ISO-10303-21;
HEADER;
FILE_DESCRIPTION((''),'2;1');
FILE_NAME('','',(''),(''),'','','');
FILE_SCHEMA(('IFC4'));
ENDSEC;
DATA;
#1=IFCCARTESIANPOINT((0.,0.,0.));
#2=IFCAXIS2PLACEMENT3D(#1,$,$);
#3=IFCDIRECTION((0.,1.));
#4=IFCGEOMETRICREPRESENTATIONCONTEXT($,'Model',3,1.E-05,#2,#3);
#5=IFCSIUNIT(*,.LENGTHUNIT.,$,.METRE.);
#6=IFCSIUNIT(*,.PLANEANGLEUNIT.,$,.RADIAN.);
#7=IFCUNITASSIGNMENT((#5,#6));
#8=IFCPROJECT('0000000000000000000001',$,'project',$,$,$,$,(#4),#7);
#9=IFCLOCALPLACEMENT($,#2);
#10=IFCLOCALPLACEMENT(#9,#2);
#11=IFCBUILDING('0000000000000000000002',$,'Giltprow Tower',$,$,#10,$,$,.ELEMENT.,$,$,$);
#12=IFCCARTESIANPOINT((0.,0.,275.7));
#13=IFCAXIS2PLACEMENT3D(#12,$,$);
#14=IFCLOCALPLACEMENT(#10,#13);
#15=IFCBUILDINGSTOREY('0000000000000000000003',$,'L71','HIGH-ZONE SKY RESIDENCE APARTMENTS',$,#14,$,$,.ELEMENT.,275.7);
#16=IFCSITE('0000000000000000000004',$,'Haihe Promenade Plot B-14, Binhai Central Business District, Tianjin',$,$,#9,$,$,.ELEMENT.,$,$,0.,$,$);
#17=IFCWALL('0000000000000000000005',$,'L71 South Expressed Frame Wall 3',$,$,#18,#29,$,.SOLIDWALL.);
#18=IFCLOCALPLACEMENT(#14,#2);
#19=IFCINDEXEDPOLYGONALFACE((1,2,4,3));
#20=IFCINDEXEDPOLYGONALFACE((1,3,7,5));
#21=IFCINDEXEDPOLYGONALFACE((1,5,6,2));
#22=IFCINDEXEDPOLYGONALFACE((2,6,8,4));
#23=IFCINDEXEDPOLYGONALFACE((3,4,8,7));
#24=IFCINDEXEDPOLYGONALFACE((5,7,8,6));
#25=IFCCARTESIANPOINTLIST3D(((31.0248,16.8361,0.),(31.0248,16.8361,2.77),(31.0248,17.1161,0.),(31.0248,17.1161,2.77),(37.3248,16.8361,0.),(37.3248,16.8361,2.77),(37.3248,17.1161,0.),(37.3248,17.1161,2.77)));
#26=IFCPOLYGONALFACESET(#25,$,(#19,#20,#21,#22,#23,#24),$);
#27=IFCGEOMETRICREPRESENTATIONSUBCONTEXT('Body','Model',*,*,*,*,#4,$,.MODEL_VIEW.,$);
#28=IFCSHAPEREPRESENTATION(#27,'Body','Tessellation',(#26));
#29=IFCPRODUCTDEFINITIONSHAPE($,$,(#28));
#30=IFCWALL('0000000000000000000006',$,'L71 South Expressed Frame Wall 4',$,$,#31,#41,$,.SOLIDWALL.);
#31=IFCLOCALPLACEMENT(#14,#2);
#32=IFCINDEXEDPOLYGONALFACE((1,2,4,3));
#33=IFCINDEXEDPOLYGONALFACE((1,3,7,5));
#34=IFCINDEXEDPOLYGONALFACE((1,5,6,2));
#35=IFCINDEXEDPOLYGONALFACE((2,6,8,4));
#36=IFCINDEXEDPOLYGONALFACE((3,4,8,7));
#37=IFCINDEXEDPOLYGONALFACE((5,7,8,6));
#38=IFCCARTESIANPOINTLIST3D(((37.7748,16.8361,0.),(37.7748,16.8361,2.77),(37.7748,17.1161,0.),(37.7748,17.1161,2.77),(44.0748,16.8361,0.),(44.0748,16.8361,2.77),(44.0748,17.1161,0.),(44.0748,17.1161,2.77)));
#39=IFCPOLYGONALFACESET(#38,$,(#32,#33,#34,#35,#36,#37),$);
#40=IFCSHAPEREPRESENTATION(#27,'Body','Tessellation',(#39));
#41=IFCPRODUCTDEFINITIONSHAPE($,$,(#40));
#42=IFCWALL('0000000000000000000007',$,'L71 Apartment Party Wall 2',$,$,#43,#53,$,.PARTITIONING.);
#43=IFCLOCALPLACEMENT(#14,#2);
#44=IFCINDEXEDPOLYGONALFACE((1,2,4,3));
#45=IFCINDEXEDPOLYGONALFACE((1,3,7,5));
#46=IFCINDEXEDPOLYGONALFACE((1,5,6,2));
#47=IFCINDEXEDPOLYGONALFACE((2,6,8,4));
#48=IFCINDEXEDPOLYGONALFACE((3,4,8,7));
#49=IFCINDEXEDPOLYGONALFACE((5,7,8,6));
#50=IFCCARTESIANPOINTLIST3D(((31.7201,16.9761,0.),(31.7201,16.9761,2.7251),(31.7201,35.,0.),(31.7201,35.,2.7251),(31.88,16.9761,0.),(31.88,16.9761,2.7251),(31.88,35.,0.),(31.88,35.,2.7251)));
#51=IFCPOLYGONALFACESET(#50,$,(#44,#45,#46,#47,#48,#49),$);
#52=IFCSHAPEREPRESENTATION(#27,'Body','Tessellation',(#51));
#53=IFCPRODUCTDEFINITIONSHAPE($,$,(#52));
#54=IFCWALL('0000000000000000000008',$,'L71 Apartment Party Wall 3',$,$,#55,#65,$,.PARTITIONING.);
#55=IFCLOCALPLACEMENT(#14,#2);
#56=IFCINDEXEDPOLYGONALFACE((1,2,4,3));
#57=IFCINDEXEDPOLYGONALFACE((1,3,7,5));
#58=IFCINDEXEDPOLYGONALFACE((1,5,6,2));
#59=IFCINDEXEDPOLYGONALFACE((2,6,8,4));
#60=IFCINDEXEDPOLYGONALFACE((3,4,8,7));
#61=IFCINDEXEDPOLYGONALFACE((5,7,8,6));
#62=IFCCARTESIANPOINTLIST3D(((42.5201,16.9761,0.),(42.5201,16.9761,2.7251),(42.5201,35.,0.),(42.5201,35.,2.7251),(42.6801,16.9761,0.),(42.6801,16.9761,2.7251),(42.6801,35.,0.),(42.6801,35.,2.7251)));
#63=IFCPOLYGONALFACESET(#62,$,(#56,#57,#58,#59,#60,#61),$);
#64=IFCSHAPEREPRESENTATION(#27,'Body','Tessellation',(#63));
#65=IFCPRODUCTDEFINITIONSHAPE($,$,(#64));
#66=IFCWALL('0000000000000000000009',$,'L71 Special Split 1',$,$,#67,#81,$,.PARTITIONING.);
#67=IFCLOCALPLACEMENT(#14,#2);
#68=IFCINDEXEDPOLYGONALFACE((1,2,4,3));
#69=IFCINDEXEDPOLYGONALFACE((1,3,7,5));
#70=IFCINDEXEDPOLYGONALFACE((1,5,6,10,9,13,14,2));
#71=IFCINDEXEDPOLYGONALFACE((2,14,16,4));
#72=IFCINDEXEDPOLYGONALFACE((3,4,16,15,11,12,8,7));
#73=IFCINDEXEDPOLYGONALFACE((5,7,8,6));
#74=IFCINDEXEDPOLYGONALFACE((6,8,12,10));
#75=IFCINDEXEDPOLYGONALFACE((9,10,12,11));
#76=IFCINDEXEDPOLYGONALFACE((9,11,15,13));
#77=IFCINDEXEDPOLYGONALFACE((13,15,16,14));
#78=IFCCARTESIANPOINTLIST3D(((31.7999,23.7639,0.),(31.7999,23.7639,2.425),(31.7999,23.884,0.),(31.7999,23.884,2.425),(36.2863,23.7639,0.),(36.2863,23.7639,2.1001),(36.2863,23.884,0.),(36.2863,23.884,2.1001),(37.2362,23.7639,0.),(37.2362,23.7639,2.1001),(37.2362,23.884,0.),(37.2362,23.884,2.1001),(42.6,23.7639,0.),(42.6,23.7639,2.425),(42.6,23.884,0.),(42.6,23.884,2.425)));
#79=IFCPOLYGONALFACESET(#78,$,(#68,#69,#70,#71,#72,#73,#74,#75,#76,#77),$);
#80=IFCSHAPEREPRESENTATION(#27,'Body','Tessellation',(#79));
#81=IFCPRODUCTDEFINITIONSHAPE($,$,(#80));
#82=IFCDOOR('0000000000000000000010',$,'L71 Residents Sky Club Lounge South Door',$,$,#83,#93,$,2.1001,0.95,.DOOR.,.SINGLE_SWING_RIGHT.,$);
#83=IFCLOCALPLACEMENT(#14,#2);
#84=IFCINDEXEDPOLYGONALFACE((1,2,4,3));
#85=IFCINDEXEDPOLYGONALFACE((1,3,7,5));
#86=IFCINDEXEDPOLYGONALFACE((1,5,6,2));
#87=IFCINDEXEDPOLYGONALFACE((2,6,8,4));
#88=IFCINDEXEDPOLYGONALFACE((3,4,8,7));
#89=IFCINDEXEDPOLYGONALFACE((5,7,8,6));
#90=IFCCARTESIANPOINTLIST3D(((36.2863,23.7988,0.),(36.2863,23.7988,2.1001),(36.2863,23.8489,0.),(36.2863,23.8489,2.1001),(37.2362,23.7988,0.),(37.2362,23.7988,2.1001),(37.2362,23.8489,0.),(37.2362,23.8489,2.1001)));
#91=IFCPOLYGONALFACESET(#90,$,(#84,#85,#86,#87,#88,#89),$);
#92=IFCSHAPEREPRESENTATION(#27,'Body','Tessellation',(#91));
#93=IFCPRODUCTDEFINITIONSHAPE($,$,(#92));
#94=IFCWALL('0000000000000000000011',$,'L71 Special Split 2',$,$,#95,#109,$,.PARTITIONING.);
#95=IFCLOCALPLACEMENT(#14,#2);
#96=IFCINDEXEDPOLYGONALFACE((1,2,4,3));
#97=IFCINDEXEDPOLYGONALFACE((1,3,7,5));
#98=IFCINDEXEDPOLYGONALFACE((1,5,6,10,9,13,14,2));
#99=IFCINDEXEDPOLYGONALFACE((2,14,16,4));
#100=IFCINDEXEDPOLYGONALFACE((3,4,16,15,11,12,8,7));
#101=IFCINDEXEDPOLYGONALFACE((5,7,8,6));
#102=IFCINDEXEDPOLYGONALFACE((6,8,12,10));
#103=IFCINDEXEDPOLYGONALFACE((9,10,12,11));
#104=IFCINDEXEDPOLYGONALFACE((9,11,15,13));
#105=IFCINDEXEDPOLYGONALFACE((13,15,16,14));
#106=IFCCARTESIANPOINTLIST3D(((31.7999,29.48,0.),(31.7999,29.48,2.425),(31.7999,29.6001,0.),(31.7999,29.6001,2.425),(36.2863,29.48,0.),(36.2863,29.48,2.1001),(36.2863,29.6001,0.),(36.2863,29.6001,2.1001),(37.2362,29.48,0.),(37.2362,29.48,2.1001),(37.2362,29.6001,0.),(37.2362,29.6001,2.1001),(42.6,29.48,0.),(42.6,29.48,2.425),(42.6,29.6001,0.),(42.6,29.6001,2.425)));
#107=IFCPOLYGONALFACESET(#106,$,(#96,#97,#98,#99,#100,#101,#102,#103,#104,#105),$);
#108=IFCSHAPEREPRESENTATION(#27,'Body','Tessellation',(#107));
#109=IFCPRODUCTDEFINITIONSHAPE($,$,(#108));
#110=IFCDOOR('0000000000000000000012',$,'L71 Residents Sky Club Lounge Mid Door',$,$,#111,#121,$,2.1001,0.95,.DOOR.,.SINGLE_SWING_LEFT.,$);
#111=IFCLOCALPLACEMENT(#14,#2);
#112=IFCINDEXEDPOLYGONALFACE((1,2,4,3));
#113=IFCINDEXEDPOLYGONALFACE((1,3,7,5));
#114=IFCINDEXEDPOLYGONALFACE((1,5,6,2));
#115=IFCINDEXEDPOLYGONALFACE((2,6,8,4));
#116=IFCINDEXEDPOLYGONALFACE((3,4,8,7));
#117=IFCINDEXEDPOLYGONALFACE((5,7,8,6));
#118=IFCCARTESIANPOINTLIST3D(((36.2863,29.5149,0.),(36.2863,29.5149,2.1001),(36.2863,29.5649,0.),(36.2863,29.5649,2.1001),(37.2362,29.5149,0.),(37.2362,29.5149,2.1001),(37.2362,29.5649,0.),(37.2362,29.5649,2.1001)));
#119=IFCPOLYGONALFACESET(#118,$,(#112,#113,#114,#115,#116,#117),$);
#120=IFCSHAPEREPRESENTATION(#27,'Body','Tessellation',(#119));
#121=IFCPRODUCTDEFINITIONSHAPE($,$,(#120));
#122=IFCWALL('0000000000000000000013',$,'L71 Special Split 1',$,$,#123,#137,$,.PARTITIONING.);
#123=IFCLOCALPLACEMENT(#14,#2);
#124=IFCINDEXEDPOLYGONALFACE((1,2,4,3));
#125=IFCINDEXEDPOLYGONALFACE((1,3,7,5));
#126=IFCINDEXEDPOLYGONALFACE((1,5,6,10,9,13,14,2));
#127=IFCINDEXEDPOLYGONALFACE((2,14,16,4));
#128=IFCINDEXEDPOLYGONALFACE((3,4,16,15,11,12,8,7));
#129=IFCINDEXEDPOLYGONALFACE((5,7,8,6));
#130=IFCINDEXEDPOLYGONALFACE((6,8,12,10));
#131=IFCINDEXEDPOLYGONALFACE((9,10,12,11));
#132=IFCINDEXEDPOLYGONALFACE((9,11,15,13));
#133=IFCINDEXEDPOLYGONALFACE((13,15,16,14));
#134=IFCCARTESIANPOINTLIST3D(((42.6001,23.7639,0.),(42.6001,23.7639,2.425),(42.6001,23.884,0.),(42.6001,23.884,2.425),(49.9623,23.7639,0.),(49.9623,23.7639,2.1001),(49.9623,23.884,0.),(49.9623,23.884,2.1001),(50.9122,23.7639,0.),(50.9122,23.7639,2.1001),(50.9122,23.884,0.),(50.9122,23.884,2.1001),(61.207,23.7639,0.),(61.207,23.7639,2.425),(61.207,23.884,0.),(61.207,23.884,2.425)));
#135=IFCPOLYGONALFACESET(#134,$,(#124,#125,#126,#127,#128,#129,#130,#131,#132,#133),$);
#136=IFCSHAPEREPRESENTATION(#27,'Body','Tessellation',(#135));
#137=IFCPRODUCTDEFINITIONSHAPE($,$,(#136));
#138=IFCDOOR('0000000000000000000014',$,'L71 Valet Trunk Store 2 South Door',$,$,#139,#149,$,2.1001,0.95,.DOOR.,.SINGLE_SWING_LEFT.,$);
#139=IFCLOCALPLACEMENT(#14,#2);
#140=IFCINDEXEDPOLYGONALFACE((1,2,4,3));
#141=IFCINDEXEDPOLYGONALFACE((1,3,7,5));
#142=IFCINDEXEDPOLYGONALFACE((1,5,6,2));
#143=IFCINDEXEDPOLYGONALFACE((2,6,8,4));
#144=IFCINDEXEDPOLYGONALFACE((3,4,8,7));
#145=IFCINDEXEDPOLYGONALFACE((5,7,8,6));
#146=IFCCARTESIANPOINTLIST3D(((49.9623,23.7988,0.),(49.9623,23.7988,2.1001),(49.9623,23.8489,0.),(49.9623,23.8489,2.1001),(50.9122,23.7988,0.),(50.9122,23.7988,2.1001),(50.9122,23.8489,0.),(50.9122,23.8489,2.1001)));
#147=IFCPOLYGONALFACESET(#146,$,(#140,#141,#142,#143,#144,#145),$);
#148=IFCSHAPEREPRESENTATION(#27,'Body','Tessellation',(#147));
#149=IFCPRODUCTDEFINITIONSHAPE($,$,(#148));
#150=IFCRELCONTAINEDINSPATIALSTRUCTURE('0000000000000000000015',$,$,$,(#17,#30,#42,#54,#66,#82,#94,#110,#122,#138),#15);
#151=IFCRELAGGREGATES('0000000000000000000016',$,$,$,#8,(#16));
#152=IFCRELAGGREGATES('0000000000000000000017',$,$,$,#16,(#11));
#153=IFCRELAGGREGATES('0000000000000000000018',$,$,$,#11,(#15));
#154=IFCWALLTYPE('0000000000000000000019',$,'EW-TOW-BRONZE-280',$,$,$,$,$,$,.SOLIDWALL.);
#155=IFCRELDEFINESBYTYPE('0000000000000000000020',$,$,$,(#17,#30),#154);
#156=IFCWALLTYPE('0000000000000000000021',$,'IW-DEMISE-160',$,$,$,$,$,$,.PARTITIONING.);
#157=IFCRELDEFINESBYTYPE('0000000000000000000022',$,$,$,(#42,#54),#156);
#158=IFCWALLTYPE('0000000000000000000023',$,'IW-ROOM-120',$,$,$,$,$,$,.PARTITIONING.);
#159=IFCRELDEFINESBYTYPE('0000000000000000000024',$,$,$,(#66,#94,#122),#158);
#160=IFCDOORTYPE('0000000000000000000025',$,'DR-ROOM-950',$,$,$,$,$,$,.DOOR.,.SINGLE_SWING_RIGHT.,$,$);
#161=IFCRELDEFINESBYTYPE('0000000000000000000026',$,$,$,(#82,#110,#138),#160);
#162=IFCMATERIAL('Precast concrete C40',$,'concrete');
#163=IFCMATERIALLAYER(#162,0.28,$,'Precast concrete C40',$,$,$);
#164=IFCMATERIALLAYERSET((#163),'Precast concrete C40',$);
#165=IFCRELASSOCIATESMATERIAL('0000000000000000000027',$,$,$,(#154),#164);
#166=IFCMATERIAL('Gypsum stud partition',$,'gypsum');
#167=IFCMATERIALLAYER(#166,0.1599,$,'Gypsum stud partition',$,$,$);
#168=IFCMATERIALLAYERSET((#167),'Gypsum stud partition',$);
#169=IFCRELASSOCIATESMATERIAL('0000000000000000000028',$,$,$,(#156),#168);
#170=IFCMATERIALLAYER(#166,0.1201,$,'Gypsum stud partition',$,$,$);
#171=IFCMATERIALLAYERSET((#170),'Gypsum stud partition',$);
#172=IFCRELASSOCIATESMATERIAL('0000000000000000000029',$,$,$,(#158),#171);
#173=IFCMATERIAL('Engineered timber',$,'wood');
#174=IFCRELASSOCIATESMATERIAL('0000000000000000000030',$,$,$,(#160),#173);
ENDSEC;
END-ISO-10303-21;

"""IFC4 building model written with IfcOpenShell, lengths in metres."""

from ifc_helpers import new_model, si_unit, direction, frame, frame_2d, origin, place, context, subcontext, project, spatial, rectangle, extrude, source, transform, mapped, material, layer, layer_set, type_object, element, fill, save


model = new_model("IFC4")

# Units and contexts
model_context = context("Model", 3, precision=1e-05, world=origin(), true_north=direction((0.0, 1.0)))
body_context = subcontext(model_context, "Body", "Model", "MODEL_VIEW")
ifc_project = project(units=[si_unit("LENGTHUNIT", "METRE"), si_unit("PLANEANGLEUNIT", "RADIAN")], contexts=[model_context])

# Site, building, storey
site_placement = place(None, origin())
site = spatial("IfcSite", under=ifc_project, at=site_placement, Name="Haihe Promenade Plot B-14, Binhai Central Business District, Tianjin", CompositionType="ELEMENT", RefElevation=0.0)
building_placement = place(site_placement, origin())
building = spatial("IfcBuilding", under=site, at=building_placement, Name="Giltprow Tower", CompositionType="ELEMENT")
storey_placement = place(building_placement, frame((0.0, 0.0, 275.7)))
storey = spatial("IfcBuildingStorey", under=building, at=storey_placement, Name="L71", Description="HIGH-ZONE SKY RESIDENCE APARTMENTS", CompositionType="ELEMENT", Elevation=275.7)

# Walls
ifc_material_1 = material(Name="Precast concrete C40", Category="concrete")
ifc_layer_1 = layer(ifc_material_1, 0.28, Name="Precast concrete C40")
ifc_layer_set_1 = layer_set([ifc_layer_1], Name="Precast concrete C40")
wall_type_1 = type_object("IfcWallType", Name="EW-TOW-BRONZE-280", PredefinedType="SOLIDWALL", material=ifc_layer_set_1)
for number, where, z_axis, x_axis, name in (
    (1, (31.0249, 16.9761, 0.0), (0.0, 0.0, 1.0), (1.0, 0.0, 0.0), "L71 South Expressed Frame Wall 3"),
    (2, (37.7749, 16.9761, 0.0), (0.0, 0.0, 1.0), (1.0, 0.0, 0.0), "L71 South Expressed Frame Wall 4"),
):
    element("IfcWall", number, at=place(storey_placement, frame(where, z_axis=z_axis, x_axis=x_axis)), inside=storey, type_object=wall_type_1, Name=name, PredefinedType="SOLIDWALL", context=body_context, shape_type="SweptSolid", body=[
        extrude(rectangle(XDim=6.3, YDim=0.28, at=frame_2d((3.1499, 0.0))), origin(), (0.0, 0.0, 1.0), 2.77),
    ])
ifc_material_2 = material(Name="Gypsum stud partition", Category="gypsum")
ifc_layer_2 = layer(ifc_material_2, 0.1599, Name="Gypsum stud partition")
ifc_layer_set_2 = layer_set([ifc_layer_2], Name="Gypsum stud partition")
wall_type_2 = type_object("IfcWallType", Name="IW-DEMISE-160", PredefinedType="PARTITIONING", material=ifc_layer_set_2)
for number, where, z_axis, x_axis, name in (
    (3, (31.8, 16.9761, 0.0), (0.0, 0.0, 1.0), (0.0, 1.0, 0.0), "L71 Apartment Party Wall 2"),
    (4, (42.6001, 16.9761, 0.0), (0.0, 0.0, 1.0), (0.0, 1.0, 0.0), "L71 Apartment Party Wall 3"),
):
    element("IfcWall", number, at=place(storey_placement, frame(where, z_axis=z_axis, x_axis=x_axis)), inside=storey, type_object=wall_type_2, Name=name, PredefinedType="PARTITIONING", context=body_context, shape_type="SweptSolid", body=[
        extrude(rectangle(XDim=18.0239, YDim=0.1599, at=frame_2d((9.012, 0.0))), origin(), (0.0, 0.0, 1.0), 2.7251),
    ])

# Walls, openings, doors
ifc_layer_3 = layer(ifc_material_2, 0.1201, Name="Gypsum stud partition")
ifc_layer_set_3 = layer_set([ifc_layer_3], Name="Gypsum stud partition")
wall_type_3 = type_object("IfcWallType", Name="IW-ROOM-120", PredefinedType="PARTITIONING", material=ifc_layer_set_3)
wall_1_placement = place(storey_placement, frame((31.8, 23.824, 0.0), z_axis=(0.0, 0.0, 1.0), x_axis=(1.0, 0.0, 0.0)))
wall_1 = element("IfcWall", 5, at=wall_1_placement, inside=storey, type_object=wall_type_3, Name="L71 Special Split 1", PredefinedType="PARTITIONING", context=body_context, shape_type="SweptSolid", body=[
    extrude(rectangle(XDim=10.8, YDim=0.1201, at=frame_2d((5.3999, 0.0))), origin(), (0.0, 0.0, 1.0), 2.425),
])
opening_1_placement = place(wall_1_placement, frame((4.4861, 0.0, 0.0)))
opening_1 = element("IfcOpeningElement", 6, at=opening_1_placement, cuts=wall_1, PredefinedType="OPENING", context=body_context, shape_type="SweptSolid", body=[
    extrude(rectangle(XDim=0.95, YDim=2.1001, at=frame_2d((0.4751, 1.05))), frame((0.0, 0.0701, 0.0), z_axis=(0.0, -1.0, 0.0), x_axis=(1.0, 0.0, 0.0)), (0.0, 0.0, 1.0), 0.1401),
])
ifc_material_3 = material(Name="Engineered timber", Category="wood")
door_type = type_object("IfcDoorType", Name="DR-ROOM-950", OperationType="SINGLE_SWING_RIGHT", PredefinedType="DOOR", material=ifc_material_3)
shared_shape_1 = source(origin(), body_context, "Body", "SweptSolid", [
    extrude(rectangle(XDim=0.95, YDim=2.1001, at=frame_2d((0.4751, 1.05))), frame((0.0, 0.0249, 0.0), z_axis=(0.0, -1.0, 0.0), x_axis=(1.0, 0.0, 0.0)), (0.0, 0.0, 1.0), 0.05),
])
door_1_placement = place(opening_1_placement, origin())
door_1 = element("IfcDoor", 7, at=door_1_placement, inside=storey, type_object=door_type, Name="L71 Residents Sky Club Lounge South Door", OperationType="SINGLE_SWING_RIGHT", OverallHeight=2.1001, OverallWidth=0.95, PredefinedType="DOOR", context=body_context, shape_type="MappedRepresentation", body=[
    mapped(shared_shape_1, transform((0.0, 0.0, 0.0), x_axis=(1.0, 0.0, 0.0), y_axis=(0.0, 1.0, 0.0), z_axis=(0.0, 0.0, 1.0), scale=1.0)),
])
fill(opening_1, door_1)
wall_2_placement = place(storey_placement, frame((31.8, 29.54, 0.0), z_axis=(0.0, 0.0, 1.0), x_axis=(1.0, 0.0, 0.0)))
wall_2 = element("IfcWall", 8, at=wall_2_placement, inside=storey, type_object=wall_type_3, Name="L71 Special Split 2", PredefinedType="PARTITIONING", context=body_context, shape_type="SweptSolid", body=[
    extrude(rectangle(XDim=10.8, YDim=0.1201, at=frame_2d((5.3999, 0.0))), origin(), (0.0, 0.0, 1.0), 2.425),
])
opening_2_placement = place(wall_2_placement, frame((4.4861, 0.0, 0.0)))
opening_2 = element("IfcOpeningElement", 9, at=opening_2_placement, cuts=wall_2, PredefinedType="OPENING", context=body_context, shape_type="SweptSolid", body=[
    extrude(rectangle(XDim=0.95, YDim=2.1001, at=frame_2d((0.4751, 1.05))), frame((0.0, 0.0701, 0.0), z_axis=(0.0, -1.0, 0.0), x_axis=(1.0, 0.0, 0.0)), (0.0, 0.0, 1.0), 0.1401),
])
door_2_placement = place(opening_2_placement, origin())
door_2 = element("IfcDoor", 10, at=door_2_placement, inside=storey, type_object=door_type, Name="L71 Residents Sky Club Lounge Mid Door", OperationType="SINGLE_SWING_LEFT", OverallHeight=2.1001, OverallWidth=0.95, PredefinedType="DOOR", context=body_context, shape_type="MappedRepresentation", body=[
    mapped(shared_shape_1, transform((0.0, 0.0, 0.0), x_axis=(1.0, 0.0, 0.0), y_axis=(0.0, 1.0, 0.0), z_axis=(0.0, 0.0, 1.0), scale=1.0)),
])
fill(opening_2, door_2)
wall_3_placement = place(storey_placement, frame((42.6001, 23.824, 0.0), z_axis=(0.0, 0.0, 1.0), x_axis=(1.0, 0.0, 0.0)))
wall_3 = element("IfcWall", 11, at=wall_3_placement, inside=storey, type_object=wall_type_3, Name="L71 Special Split 1", PredefinedType="PARTITIONING", context=body_context, shape_type="SweptSolid", body=[
    extrude(rectangle(XDim=18.6069, YDim=0.1201, at=frame_2d((9.3035, 0.0))), origin(), (0.0, 0.0, 1.0), 2.425),
])
opening_3_placement = place(wall_3_placement, frame((7.3621, 0.0, 0.0)))
opening_3 = element("IfcOpeningElement", 12, at=opening_3_placement, cuts=wall_3, PredefinedType="OPENING", context=body_context, shape_type="SweptSolid", body=[
    extrude(rectangle(XDim=0.95, YDim=2.1001, at=frame_2d((0.4751, 1.05))), frame((0.0, 0.0701, 0.0), z_axis=(0.0, -1.0, 0.0), x_axis=(1.0, 0.0, 0.0)), (0.0, 0.0, 1.0), 0.1401),
])
door_3_placement = place(opening_3_placement, origin())
door_3 = element("IfcDoor", 13, at=door_3_placement, inside=storey, type_object=door_type, Name="L71 Valet Trunk Store 2 South Door", OperationType="SINGLE_SWING_LEFT", OverallHeight=2.1001, OverallWidth=0.95, PredefinedType="DOOR", context=body_context, shape_type="MappedRepresentation", body=[
    mapped(shared_shape_1, transform((0.0, 0.0, 0.0), x_axis=(1.0, 0.0, 0.0), y_axis=(0.0, 1.0, 0.0), z_axis=(0.0, 0.0, 1.0), scale=1.0)),
])
fill(opening_3, door_3)

save(model, "model.ifc")
